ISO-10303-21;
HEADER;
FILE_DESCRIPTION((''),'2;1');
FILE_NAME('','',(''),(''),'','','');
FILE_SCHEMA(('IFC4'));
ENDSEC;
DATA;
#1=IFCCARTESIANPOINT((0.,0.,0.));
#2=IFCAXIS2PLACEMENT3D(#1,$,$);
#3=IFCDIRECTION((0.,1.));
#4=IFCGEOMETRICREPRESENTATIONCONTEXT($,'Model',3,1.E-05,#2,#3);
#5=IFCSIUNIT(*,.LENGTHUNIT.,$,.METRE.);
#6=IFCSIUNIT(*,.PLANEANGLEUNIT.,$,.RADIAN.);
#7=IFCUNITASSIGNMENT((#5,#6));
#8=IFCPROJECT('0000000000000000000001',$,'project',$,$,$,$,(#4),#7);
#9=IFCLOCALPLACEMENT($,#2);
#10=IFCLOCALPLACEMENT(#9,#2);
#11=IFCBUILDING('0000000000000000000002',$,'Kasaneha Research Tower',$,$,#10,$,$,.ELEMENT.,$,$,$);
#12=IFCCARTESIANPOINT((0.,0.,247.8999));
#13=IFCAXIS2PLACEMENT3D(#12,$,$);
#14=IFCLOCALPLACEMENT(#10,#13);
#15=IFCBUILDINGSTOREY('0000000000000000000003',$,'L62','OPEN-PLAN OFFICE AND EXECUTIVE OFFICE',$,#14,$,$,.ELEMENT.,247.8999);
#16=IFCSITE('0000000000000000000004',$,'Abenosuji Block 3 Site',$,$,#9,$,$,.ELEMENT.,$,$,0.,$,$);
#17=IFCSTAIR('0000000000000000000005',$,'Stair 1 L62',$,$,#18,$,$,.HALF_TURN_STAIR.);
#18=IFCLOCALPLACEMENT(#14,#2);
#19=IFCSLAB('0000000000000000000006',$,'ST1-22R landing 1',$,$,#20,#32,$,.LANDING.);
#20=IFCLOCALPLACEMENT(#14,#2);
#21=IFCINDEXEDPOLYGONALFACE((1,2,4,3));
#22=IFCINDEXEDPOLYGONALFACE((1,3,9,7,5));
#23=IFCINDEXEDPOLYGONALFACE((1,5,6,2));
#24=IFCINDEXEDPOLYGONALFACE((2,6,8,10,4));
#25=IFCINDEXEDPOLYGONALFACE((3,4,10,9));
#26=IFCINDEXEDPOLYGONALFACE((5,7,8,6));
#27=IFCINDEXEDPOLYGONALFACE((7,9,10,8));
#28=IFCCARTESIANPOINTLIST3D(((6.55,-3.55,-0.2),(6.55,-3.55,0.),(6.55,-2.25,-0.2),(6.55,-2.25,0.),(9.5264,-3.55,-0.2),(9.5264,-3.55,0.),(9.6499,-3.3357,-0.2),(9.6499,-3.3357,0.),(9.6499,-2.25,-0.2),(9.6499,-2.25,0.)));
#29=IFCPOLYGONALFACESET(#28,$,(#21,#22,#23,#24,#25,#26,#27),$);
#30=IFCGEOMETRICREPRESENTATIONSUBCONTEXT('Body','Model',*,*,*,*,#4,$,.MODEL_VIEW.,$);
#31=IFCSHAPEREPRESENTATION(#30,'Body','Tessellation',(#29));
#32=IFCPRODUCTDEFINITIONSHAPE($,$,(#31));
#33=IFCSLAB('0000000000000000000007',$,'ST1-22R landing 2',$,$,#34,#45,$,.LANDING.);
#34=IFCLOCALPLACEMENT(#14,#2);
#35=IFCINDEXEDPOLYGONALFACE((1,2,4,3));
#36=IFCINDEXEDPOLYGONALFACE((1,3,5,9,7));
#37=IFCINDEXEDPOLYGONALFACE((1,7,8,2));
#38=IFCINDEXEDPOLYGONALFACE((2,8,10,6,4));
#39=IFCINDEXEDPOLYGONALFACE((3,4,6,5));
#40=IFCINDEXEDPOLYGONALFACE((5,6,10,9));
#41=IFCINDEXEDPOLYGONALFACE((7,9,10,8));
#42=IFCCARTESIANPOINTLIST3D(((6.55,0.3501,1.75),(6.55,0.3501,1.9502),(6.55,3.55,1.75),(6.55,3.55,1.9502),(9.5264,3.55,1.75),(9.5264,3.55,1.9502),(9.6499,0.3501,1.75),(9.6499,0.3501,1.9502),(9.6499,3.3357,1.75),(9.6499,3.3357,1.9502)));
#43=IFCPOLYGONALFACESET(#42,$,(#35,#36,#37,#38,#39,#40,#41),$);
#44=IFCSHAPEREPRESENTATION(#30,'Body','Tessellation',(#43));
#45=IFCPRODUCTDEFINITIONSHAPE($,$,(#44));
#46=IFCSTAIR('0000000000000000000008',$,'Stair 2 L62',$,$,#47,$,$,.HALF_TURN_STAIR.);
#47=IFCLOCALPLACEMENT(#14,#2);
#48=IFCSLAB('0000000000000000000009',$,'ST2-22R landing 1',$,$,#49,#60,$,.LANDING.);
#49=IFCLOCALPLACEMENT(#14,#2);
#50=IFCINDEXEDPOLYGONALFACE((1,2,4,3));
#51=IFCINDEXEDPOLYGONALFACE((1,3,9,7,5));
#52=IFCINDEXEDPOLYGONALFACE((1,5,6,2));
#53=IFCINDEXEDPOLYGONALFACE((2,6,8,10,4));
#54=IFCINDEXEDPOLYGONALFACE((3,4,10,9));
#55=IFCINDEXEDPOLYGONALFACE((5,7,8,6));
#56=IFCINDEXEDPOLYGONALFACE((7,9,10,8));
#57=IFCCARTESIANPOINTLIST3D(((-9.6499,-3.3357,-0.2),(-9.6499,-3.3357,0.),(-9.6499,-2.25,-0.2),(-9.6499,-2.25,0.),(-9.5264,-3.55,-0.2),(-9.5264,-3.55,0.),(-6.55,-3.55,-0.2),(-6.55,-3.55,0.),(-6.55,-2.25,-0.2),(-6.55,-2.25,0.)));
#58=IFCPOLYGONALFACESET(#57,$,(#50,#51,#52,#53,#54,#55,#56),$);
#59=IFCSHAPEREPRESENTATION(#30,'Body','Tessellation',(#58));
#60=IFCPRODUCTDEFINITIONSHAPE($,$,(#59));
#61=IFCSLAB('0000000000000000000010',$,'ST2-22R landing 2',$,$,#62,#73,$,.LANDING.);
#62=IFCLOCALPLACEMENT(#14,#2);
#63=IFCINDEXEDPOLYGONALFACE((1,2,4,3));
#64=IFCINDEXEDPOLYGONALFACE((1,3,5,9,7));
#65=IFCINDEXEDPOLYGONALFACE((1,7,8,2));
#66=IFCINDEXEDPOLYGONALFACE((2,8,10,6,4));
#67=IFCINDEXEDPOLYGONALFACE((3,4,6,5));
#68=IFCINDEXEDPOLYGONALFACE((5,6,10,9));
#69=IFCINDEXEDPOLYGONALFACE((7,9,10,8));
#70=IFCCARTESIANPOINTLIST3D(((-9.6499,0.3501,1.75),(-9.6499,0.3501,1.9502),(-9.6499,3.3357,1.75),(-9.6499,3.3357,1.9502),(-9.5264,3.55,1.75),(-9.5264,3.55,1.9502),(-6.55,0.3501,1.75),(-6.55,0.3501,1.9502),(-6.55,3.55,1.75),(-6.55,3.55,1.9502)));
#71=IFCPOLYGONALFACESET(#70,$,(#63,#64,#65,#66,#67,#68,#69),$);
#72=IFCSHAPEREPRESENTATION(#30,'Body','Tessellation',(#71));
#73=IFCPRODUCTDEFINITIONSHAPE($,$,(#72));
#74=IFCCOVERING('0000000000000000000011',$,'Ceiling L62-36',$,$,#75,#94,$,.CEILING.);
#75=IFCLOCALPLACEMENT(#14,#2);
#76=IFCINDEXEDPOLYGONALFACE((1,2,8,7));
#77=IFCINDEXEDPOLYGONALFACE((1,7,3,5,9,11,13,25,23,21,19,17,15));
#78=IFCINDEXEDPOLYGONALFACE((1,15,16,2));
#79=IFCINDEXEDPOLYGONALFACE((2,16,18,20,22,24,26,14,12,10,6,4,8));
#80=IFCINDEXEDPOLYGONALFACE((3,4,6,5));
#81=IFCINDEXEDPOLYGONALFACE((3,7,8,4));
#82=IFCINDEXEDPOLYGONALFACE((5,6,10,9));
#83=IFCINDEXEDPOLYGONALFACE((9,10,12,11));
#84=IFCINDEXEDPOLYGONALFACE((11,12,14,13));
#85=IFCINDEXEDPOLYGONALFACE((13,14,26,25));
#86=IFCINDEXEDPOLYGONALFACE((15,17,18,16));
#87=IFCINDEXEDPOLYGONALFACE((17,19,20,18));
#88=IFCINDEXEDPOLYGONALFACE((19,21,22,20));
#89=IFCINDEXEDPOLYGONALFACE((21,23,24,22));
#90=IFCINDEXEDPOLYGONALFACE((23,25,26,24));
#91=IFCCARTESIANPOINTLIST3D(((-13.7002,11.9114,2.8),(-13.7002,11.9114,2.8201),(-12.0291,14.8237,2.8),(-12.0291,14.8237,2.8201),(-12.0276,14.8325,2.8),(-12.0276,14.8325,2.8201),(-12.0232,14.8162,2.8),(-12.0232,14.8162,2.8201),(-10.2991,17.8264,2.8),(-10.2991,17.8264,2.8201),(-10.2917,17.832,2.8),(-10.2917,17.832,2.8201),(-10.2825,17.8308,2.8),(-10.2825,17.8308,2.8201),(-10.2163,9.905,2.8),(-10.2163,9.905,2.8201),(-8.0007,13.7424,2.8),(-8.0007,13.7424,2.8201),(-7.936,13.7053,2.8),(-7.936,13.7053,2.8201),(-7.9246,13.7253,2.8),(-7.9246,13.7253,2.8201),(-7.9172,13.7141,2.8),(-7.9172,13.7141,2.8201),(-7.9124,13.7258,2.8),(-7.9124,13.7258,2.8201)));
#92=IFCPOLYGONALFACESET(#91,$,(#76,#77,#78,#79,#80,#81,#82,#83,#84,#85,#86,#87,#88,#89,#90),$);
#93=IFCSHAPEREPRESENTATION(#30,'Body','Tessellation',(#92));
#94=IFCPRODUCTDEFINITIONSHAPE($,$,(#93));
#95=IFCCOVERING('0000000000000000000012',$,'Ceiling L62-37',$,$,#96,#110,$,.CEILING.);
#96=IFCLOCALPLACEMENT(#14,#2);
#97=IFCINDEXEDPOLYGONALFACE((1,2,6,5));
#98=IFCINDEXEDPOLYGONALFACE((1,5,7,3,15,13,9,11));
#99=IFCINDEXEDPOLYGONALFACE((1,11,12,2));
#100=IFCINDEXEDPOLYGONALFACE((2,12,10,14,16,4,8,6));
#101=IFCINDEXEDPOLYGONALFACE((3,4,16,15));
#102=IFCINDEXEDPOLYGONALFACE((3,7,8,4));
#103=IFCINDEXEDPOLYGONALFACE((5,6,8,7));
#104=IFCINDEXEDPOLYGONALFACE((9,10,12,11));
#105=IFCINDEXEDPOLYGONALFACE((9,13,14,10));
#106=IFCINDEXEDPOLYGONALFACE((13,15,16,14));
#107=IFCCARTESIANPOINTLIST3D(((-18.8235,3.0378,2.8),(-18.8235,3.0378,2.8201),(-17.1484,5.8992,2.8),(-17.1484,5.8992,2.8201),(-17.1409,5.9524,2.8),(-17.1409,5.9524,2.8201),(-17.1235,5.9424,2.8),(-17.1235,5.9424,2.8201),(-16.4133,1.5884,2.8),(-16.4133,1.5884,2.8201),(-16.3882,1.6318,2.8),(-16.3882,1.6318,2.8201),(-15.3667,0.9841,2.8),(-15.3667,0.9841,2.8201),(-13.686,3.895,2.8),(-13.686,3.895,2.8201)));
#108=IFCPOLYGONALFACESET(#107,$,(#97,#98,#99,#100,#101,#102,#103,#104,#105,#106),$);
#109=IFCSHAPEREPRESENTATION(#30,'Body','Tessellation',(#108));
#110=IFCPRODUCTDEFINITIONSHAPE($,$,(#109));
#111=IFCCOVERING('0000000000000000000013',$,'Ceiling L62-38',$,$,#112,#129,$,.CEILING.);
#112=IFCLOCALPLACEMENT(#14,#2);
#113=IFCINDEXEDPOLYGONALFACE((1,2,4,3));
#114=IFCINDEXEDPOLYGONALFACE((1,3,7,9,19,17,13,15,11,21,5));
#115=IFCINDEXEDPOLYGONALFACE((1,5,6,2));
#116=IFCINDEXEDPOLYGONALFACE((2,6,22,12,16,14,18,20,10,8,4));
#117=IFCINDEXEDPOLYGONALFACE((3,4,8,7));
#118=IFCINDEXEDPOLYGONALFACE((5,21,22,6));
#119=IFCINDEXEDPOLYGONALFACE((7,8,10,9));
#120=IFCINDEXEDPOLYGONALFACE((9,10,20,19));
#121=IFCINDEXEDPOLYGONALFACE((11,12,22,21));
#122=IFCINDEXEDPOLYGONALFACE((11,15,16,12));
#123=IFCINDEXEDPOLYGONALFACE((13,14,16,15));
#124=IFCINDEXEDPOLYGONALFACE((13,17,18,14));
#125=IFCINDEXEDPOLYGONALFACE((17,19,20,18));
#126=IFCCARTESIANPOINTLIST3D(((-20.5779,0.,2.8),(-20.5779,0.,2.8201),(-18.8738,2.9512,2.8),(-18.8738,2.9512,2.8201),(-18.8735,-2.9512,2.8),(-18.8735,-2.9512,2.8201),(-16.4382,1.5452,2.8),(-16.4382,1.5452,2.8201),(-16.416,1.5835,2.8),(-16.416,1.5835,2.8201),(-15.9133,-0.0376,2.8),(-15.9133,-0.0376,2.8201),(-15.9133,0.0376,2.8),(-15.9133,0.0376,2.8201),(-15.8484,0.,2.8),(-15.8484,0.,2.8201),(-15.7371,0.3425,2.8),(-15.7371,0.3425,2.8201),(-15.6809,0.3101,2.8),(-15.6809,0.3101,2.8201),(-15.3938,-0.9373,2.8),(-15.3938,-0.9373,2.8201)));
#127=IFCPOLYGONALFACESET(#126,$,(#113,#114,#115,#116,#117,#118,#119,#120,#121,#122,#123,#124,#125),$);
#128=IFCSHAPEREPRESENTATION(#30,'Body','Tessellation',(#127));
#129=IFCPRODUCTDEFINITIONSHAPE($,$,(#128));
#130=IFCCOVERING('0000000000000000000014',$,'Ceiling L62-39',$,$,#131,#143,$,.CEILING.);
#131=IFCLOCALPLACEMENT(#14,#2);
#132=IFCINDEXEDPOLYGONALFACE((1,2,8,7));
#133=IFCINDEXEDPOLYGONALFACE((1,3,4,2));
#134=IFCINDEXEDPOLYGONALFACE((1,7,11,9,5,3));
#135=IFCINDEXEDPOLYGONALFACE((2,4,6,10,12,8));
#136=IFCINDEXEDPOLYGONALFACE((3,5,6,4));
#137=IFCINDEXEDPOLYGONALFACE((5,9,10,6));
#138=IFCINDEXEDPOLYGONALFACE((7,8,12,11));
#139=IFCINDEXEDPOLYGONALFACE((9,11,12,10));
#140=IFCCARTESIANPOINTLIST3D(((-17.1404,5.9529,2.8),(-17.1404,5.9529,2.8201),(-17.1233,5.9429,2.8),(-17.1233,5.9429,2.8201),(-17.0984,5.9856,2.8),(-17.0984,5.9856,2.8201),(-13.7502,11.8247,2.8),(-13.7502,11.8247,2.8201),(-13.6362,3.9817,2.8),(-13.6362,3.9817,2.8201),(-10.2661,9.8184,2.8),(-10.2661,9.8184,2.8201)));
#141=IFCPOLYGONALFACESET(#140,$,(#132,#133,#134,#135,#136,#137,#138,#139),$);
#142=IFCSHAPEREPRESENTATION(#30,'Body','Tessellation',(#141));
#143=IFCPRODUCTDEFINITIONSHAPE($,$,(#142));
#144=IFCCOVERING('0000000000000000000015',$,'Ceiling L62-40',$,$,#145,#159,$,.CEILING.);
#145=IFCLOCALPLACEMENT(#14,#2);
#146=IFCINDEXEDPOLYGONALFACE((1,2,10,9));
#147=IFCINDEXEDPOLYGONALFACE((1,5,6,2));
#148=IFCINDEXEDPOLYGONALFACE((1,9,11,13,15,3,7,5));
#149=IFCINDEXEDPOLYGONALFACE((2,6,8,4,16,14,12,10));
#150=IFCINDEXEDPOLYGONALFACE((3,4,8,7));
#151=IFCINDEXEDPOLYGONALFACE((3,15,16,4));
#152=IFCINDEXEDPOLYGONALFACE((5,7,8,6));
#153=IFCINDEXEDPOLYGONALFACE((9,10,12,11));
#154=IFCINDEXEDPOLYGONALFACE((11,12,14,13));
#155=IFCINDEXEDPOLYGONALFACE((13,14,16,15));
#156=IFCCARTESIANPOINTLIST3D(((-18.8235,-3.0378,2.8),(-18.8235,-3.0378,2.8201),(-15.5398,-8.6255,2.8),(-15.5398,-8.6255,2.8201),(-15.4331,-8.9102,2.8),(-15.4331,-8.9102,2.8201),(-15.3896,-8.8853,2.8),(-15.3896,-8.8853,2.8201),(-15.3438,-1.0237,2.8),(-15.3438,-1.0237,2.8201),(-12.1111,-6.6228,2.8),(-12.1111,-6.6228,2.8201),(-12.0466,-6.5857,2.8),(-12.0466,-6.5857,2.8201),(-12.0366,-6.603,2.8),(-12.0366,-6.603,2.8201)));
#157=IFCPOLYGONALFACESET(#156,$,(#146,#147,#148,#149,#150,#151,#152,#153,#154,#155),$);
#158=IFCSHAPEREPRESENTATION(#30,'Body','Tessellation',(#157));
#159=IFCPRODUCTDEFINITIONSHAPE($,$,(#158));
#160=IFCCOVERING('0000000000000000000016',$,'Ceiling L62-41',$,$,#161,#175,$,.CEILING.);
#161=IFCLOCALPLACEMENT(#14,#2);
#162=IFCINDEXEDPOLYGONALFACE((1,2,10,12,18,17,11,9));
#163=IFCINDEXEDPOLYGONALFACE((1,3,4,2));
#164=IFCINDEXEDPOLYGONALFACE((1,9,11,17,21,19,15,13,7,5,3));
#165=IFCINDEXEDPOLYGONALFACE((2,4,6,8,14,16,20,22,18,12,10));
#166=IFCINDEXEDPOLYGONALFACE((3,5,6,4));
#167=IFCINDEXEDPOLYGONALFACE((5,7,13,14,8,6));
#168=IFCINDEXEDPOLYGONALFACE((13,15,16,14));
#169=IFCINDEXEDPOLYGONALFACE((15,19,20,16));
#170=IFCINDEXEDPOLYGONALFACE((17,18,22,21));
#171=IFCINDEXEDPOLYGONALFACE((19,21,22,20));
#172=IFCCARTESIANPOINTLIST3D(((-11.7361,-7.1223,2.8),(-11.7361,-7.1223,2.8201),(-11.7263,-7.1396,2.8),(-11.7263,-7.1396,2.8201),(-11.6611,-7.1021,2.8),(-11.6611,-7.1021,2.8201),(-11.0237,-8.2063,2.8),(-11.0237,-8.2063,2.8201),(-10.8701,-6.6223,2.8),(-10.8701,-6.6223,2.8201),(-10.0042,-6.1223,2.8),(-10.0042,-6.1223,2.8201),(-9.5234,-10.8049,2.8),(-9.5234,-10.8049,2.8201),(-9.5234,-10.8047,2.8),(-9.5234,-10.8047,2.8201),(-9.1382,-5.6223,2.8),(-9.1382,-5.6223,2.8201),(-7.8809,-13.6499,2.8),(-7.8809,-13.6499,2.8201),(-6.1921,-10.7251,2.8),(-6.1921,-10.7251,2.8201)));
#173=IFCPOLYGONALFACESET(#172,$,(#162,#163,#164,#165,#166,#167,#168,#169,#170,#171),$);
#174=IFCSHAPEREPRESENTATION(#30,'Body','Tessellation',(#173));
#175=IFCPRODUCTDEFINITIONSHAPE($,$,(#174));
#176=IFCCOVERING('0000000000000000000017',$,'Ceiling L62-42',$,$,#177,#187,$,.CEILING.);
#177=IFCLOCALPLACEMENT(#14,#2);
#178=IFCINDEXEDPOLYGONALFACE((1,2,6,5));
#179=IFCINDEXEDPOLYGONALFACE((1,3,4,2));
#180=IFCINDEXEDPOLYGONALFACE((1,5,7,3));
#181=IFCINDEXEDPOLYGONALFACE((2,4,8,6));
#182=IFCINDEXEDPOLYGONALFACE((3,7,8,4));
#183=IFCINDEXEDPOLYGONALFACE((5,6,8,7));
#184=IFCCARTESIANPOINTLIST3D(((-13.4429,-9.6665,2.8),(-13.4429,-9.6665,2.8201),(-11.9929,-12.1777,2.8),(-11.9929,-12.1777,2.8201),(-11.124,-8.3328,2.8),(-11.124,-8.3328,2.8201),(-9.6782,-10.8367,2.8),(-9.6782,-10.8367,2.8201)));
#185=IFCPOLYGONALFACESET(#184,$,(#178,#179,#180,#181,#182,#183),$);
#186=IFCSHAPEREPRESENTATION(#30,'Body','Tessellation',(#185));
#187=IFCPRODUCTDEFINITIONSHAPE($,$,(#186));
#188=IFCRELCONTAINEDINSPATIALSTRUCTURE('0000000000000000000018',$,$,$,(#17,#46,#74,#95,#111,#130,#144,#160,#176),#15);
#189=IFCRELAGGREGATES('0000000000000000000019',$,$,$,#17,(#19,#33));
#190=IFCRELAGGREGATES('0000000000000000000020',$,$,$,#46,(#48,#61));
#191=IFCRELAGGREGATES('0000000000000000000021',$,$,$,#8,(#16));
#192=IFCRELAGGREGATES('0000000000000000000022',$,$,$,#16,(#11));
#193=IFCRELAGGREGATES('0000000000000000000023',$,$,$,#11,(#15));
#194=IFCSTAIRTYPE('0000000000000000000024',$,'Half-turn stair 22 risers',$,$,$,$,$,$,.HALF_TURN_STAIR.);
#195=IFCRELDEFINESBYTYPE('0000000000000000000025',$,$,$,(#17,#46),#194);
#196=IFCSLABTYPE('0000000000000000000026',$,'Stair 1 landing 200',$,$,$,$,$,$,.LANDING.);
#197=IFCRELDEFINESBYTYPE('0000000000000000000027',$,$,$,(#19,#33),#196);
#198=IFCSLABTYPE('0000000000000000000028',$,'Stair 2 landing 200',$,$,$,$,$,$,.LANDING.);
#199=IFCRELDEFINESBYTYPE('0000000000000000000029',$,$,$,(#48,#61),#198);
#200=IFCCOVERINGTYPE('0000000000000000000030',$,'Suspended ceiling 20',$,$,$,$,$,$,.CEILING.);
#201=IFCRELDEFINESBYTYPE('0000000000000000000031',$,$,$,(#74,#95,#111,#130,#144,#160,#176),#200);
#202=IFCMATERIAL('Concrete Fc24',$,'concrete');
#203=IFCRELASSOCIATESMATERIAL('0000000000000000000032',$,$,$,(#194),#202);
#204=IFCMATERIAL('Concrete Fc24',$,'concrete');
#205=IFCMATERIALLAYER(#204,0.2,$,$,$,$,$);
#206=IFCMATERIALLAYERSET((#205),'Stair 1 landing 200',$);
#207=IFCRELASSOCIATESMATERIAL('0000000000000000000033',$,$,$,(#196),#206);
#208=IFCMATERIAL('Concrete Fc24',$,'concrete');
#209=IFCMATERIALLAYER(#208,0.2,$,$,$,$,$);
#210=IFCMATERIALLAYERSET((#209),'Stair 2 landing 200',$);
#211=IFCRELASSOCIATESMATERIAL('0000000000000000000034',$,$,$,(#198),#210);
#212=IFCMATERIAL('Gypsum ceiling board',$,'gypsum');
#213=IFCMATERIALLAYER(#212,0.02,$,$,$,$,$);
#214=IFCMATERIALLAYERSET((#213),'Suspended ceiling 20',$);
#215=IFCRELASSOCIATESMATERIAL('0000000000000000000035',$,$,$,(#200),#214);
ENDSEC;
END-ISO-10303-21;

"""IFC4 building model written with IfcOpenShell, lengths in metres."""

from ifc_helpers import new_model, si_unit, direction, frame, origin, place, context, subcontext, project, spatial, polyline, outline, extrude, material, layer, layer_set, type_object, element, aggregate, save


model = new_model("IFC4")

# Units and contexts
model_context = context("Model", 3, precision=1e-05, world=origin(), true_north=direction((0.0, 1.0)))
body_context = subcontext(model_context, "Body", "Model", "MODEL_VIEW")
ifc_project = project(units=[si_unit("LENGTHUNIT", "METRE"), si_unit("PLANEANGLEUNIT", "RADIAN")], contexts=[model_context])

# Site, building, storey
site_placement = place(None, origin())
site = spatial("IfcSite", under=ifc_project, at=site_placement, Name="Abenosuji Block 3 Site", CompositionType="ELEMENT", RefElevation=0.0)
building_placement = place(site_placement, origin())
building = spatial("IfcBuilding", under=site, at=building_placement, Name="Kasaneha Research Tower", CompositionType="ELEMENT")
storey_placement = place(building_placement, frame((0.0, 0.0, 247.8999)))
storey = spatial("IfcBuildingStorey", under=building, at=storey_placement, Name="L62", Description="OPEN-PLAN OFFICE AND EXECUTIVE OFFICE", CompositionType="ELEMENT", Elevation=247.8999)

# Stairs, slabs
ifc_material_1 = material(Name="Concrete Fc24", Category="concrete")
stair_type = type_object("IfcStairType", Name="Half-turn stair 22 risers", PredefinedType="HALF_TURN_STAIR", material=ifc_material_1)
stair_1_placement = place(storey_placement, origin())
stair_1 = element("IfcStair", 1, at=stair_1_placement, inside=storey, type_object=stair_type, Name="Stair 1 L62", PredefinedType="HALF_TURN_STAIR")
ifc_material_2 = material(Name="Concrete Fc24", Category="concrete")
ifc_layer_1 = layer(ifc_material_2, 0.2)
ifc_layer_set_1 = layer_set([ifc_layer_1], Name="Stair 1 landing 200")
slab_type_1 = type_object("IfcSlabType", Name="Stair 1 landing 200", PredefinedType="LANDING", material=ifc_layer_set_1)
slab_1_placement = place(storey_placement, frame((0.0, 0.0, -0.2)))
slab_1 = element("IfcSlab", 2, at=slab_1_placement, type_object=slab_type_1, Name="ST1-22R landing 1", PredefinedType="LANDING", context=body_context, shape_type="SweptSolid", body=[
    extrude(outline(polyline([(9.5264, -3.55), (6.55, -3.55), (6.55, -2.25), (9.6499, -2.25), (9.6499, -3.3357), (9.5264, -3.55)])), origin(), (0.0, 0.0, 1.0), 0.2),
])
slab_2_placement = place(storey_placement, frame((0.0, 0.0, 1.75)))
slab_2 = element("IfcSlab", 3, at=slab_2_placement, type_object=slab_type_1, Name="ST1-22R landing 2", PredefinedType="LANDING", context=body_context, shape_type="SweptSolid", body=[
    extrude(outline(polyline([(6.55, 3.55), (9.5264, 3.55), (9.6499, 3.3357), (9.6499, 0.3501), (6.55, 0.3501), (6.55, 3.55)])), origin(), (0.0, 0.0, 1.0), 0.2002),
])
aggregate(stair_1, [slab_1, slab_2])
stair_2_placement = place(storey_placement, origin())
stair_2 = element("IfcStair", 4, at=stair_2_placement, inside=storey, type_object=stair_type, Name="Stair 2 L62", PredefinedType="HALF_TURN_STAIR")
ifc_material_3 = material(Name="Concrete Fc24", Category="concrete")
ifc_layer_2 = layer(ifc_material_3, 0.2)
ifc_layer_set_2 = layer_set([ifc_layer_2], Name="Stair 2 landing 200")
slab_type_2 = type_object("IfcSlabType", Name="Stair 2 landing 200", PredefinedType="LANDING", material=ifc_layer_set_2)
slab_3_placement = place(storey_placement, frame((0.0, 0.0, -0.2)))
slab_3 = element("IfcSlab", 5, at=slab_3_placement, type_object=slab_type_2, Name="ST2-22R landing 1", PredefinedType="LANDING", context=body_context, shape_type="SweptSolid", body=[
    extrude(outline(polyline([(-6.55, -3.55), (-9.5264, -3.55), (-9.6499, -3.3357), (-9.6499, -2.25), (-6.55, -2.25), (-6.55, -3.55)])), origin(), (0.0, 0.0, 1.0), 0.2),
])
slab_4_placement = place(storey_placement, frame((0.0, 0.0, 1.75)))
slab_4 = element("IfcSlab", 6, at=slab_4_placement, type_object=slab_type_2, Name="ST2-22R landing 2", PredefinedType="LANDING", context=body_context, shape_type="SweptSolid", body=[
    extrude(outline(polyline([(-6.55, 0.3501), (-9.6499, 0.3501), (-9.6499, 3.3357), (-9.5264, 3.55), (-6.55, 3.55), (-6.55, 0.3501)])), origin(), (0.0, 0.0, 1.0), 0.2002),
])
aggregate(stair_2, [slab_3, slab_4])

# Coverings
ifc_material_4 = material(Name="Gypsum ceiling board", Category="gypsum")
ifc_layer_3 = layer(ifc_material_4, 0.02)
ifc_layer_set_3 = layer_set([ifc_layer_3], Name="Suspended ceiling 20")
covering_type_1 = type_object("IfcCoveringType", Name="Suspended ceiling 20", PredefinedType="CEILING", material=ifc_layer_set_3)
covering_1_placement = place(storey_placement, frame((0.0, 0.0, 2.8)))
element("IfcCovering", 7, at=covering_1_placement, inside=storey, type_object=covering_type_1, Name="Ceiling L62-36", PredefinedType="CEILING", context=body_context, shape_type="SweptSolid", body=[
    extrude(outline(polyline([(-12.0276, 14.8325), (-10.2991, 17.8264), (-10.2917, 17.832), (-10.2825, 17.8308), (-7.9124, 13.7258), (-7.9172, 13.7141), (-7.9246, 13.7253), (-7.936, 13.7053), (-8.0007, 13.7424), (-10.2163, 9.905), (-13.7002, 11.9114), (-12.0232, 14.8162), (-12.0291, 14.8237), (-12.0276, 14.8325)])), origin(), (0.0, 0.0, 1.0), 0.02),
])
covering_2_placement = place(storey_placement, frame((0.0, 0.0, 2.8)))
element("IfcCovering", 8, at=covering_2_placement, inside=storey, type_object=covering_type_1, Name="Ceiling L62-37", PredefinedType="CEILING", context=body_context, shape_type="SweptSolid", body=[
    extrude(outline(polyline([(-17.1235, 5.9424), (-17.1484, 5.8992), (-13.686, 3.895), (-15.3667, 0.9841), (-16.4133, 1.5884), (-16.3882, 1.6318), (-18.8235, 3.0378), (-17.1409, 5.9524), (-17.1235, 5.9424)])), origin(), (0.0, 0.0, 1.0), 0.02),
])
covering_3_placement = place(storey_placement, frame((0.0, 0.0, 2.8)))
element("IfcCovering", 9, at=covering_3_placement, inside=storey, type_object=covering_type_1, Name="Ceiling L62-38", PredefinedType="CEILING", context=body_context, shape_type="SweptSolid", body=[
    extrude(outline(polyline([(-20.5779, 0.0), (-18.8738, 2.9512), (-16.4382, 1.5452), (-16.416, 1.5835), (-15.6809, 0.3101), (-15.7371, 0.3425), (-15.9133, 0.0376), (-15.8484, 0.0), (-15.9133, -0.0376), (-15.3938, -0.9373), (-18.8735, -2.9512), (-20.5779, 0.0)])), origin(), (0.0, 0.0, 1.0), 0.02),
])
covering_4_placement = place(storey_placement, frame((0.0, 0.0, 2.8)))
element("IfcCovering", 10, at=covering_4_placement, inside=storey, type_object=covering_type_1, Name="Ceiling L62-39", PredefinedType="CEILING", context=body_context, shape_type="SweptSolid", body=[
    extrude(outline(polyline([(-17.1404, 5.9529), (-13.7502, 11.8247), (-10.2661, 9.8184), (-13.6362, 3.9817), (-17.0984, 5.9856), (-17.1233, 5.9429), (-17.1404, 5.9529)])), origin(), (0.0, 0.0, 1.0), 0.02),
])
covering_5_placement = place(storey_placement, frame((0.0, 0.0, 2.8)))
element("IfcCovering", 11, at=covering_5_placement, inside=storey, type_object=covering_type_1, Name="Ceiling L62-40", PredefinedType="CEILING", context=body_context, shape_type="SweptSolid", body=[
    extrude(outline(polyline([(-15.5398, -8.6255), (-15.3896, -8.8853), (-15.4331, -8.9102), (-18.8235, -3.0378), (-15.3438, -1.0237), (-12.1111, -6.6228), (-12.0466, -6.5857), (-12.0366, -6.603), (-15.5398, -8.6255), (-15.5398, -8.6255), (-15.5398, -8.6255)])), origin(), (0.0, 0.0, 1.0), 0.02),
])
covering_6_placement = place(storey_placement, frame((0.0, 0.0, 2.8)))
element("IfcCovering", 12, at=covering_6_placement, inside=storey, type_object=covering_type_1, Name="Ceiling L62-41", PredefinedType="CEILING", context=body_context, shape_type="SweptSolid", body=[
    extrude(outline(polyline([(-10.8701, -6.6223), (-10.0042, -6.1223), (-10.0042, -6.1223), (-9.1382, -5.6223), (-6.1921, -10.7251), (-7.8809, -13.6499), (-9.5234, -10.8047), (-9.5234, -10.8049), (-11.0237, -8.2063), (-11.0237, -8.2063), (-11.6611, -7.1021), (-11.7263, -7.1396), (-11.7361, -7.1223), (-10.8701, -6.6223), (-10.8701, -6.6223)])), origin(), (0.0, 0.0, 1.0), 0.02),
])
covering_7_placement = place(storey_placement, frame((0.0, 0.0, 2.8)))
element("IfcCovering", 13, at=covering_7_placement, inside=storey, type_object=covering_type_1, Name="Ceiling L62-42", PredefinedType="CEILING", context=body_context, shape_type="SweptSolid", body=[
    extrude(outline(polyline([(-13.4429, -9.6665), (-11.124, -8.3328), (-9.6782, -10.8367), (-11.9929, -12.1777), (-13.4429, -9.6665)])), origin(), (0.0, 0.0, 1.0), 0.02),
])

save(model, "model.ifc")
